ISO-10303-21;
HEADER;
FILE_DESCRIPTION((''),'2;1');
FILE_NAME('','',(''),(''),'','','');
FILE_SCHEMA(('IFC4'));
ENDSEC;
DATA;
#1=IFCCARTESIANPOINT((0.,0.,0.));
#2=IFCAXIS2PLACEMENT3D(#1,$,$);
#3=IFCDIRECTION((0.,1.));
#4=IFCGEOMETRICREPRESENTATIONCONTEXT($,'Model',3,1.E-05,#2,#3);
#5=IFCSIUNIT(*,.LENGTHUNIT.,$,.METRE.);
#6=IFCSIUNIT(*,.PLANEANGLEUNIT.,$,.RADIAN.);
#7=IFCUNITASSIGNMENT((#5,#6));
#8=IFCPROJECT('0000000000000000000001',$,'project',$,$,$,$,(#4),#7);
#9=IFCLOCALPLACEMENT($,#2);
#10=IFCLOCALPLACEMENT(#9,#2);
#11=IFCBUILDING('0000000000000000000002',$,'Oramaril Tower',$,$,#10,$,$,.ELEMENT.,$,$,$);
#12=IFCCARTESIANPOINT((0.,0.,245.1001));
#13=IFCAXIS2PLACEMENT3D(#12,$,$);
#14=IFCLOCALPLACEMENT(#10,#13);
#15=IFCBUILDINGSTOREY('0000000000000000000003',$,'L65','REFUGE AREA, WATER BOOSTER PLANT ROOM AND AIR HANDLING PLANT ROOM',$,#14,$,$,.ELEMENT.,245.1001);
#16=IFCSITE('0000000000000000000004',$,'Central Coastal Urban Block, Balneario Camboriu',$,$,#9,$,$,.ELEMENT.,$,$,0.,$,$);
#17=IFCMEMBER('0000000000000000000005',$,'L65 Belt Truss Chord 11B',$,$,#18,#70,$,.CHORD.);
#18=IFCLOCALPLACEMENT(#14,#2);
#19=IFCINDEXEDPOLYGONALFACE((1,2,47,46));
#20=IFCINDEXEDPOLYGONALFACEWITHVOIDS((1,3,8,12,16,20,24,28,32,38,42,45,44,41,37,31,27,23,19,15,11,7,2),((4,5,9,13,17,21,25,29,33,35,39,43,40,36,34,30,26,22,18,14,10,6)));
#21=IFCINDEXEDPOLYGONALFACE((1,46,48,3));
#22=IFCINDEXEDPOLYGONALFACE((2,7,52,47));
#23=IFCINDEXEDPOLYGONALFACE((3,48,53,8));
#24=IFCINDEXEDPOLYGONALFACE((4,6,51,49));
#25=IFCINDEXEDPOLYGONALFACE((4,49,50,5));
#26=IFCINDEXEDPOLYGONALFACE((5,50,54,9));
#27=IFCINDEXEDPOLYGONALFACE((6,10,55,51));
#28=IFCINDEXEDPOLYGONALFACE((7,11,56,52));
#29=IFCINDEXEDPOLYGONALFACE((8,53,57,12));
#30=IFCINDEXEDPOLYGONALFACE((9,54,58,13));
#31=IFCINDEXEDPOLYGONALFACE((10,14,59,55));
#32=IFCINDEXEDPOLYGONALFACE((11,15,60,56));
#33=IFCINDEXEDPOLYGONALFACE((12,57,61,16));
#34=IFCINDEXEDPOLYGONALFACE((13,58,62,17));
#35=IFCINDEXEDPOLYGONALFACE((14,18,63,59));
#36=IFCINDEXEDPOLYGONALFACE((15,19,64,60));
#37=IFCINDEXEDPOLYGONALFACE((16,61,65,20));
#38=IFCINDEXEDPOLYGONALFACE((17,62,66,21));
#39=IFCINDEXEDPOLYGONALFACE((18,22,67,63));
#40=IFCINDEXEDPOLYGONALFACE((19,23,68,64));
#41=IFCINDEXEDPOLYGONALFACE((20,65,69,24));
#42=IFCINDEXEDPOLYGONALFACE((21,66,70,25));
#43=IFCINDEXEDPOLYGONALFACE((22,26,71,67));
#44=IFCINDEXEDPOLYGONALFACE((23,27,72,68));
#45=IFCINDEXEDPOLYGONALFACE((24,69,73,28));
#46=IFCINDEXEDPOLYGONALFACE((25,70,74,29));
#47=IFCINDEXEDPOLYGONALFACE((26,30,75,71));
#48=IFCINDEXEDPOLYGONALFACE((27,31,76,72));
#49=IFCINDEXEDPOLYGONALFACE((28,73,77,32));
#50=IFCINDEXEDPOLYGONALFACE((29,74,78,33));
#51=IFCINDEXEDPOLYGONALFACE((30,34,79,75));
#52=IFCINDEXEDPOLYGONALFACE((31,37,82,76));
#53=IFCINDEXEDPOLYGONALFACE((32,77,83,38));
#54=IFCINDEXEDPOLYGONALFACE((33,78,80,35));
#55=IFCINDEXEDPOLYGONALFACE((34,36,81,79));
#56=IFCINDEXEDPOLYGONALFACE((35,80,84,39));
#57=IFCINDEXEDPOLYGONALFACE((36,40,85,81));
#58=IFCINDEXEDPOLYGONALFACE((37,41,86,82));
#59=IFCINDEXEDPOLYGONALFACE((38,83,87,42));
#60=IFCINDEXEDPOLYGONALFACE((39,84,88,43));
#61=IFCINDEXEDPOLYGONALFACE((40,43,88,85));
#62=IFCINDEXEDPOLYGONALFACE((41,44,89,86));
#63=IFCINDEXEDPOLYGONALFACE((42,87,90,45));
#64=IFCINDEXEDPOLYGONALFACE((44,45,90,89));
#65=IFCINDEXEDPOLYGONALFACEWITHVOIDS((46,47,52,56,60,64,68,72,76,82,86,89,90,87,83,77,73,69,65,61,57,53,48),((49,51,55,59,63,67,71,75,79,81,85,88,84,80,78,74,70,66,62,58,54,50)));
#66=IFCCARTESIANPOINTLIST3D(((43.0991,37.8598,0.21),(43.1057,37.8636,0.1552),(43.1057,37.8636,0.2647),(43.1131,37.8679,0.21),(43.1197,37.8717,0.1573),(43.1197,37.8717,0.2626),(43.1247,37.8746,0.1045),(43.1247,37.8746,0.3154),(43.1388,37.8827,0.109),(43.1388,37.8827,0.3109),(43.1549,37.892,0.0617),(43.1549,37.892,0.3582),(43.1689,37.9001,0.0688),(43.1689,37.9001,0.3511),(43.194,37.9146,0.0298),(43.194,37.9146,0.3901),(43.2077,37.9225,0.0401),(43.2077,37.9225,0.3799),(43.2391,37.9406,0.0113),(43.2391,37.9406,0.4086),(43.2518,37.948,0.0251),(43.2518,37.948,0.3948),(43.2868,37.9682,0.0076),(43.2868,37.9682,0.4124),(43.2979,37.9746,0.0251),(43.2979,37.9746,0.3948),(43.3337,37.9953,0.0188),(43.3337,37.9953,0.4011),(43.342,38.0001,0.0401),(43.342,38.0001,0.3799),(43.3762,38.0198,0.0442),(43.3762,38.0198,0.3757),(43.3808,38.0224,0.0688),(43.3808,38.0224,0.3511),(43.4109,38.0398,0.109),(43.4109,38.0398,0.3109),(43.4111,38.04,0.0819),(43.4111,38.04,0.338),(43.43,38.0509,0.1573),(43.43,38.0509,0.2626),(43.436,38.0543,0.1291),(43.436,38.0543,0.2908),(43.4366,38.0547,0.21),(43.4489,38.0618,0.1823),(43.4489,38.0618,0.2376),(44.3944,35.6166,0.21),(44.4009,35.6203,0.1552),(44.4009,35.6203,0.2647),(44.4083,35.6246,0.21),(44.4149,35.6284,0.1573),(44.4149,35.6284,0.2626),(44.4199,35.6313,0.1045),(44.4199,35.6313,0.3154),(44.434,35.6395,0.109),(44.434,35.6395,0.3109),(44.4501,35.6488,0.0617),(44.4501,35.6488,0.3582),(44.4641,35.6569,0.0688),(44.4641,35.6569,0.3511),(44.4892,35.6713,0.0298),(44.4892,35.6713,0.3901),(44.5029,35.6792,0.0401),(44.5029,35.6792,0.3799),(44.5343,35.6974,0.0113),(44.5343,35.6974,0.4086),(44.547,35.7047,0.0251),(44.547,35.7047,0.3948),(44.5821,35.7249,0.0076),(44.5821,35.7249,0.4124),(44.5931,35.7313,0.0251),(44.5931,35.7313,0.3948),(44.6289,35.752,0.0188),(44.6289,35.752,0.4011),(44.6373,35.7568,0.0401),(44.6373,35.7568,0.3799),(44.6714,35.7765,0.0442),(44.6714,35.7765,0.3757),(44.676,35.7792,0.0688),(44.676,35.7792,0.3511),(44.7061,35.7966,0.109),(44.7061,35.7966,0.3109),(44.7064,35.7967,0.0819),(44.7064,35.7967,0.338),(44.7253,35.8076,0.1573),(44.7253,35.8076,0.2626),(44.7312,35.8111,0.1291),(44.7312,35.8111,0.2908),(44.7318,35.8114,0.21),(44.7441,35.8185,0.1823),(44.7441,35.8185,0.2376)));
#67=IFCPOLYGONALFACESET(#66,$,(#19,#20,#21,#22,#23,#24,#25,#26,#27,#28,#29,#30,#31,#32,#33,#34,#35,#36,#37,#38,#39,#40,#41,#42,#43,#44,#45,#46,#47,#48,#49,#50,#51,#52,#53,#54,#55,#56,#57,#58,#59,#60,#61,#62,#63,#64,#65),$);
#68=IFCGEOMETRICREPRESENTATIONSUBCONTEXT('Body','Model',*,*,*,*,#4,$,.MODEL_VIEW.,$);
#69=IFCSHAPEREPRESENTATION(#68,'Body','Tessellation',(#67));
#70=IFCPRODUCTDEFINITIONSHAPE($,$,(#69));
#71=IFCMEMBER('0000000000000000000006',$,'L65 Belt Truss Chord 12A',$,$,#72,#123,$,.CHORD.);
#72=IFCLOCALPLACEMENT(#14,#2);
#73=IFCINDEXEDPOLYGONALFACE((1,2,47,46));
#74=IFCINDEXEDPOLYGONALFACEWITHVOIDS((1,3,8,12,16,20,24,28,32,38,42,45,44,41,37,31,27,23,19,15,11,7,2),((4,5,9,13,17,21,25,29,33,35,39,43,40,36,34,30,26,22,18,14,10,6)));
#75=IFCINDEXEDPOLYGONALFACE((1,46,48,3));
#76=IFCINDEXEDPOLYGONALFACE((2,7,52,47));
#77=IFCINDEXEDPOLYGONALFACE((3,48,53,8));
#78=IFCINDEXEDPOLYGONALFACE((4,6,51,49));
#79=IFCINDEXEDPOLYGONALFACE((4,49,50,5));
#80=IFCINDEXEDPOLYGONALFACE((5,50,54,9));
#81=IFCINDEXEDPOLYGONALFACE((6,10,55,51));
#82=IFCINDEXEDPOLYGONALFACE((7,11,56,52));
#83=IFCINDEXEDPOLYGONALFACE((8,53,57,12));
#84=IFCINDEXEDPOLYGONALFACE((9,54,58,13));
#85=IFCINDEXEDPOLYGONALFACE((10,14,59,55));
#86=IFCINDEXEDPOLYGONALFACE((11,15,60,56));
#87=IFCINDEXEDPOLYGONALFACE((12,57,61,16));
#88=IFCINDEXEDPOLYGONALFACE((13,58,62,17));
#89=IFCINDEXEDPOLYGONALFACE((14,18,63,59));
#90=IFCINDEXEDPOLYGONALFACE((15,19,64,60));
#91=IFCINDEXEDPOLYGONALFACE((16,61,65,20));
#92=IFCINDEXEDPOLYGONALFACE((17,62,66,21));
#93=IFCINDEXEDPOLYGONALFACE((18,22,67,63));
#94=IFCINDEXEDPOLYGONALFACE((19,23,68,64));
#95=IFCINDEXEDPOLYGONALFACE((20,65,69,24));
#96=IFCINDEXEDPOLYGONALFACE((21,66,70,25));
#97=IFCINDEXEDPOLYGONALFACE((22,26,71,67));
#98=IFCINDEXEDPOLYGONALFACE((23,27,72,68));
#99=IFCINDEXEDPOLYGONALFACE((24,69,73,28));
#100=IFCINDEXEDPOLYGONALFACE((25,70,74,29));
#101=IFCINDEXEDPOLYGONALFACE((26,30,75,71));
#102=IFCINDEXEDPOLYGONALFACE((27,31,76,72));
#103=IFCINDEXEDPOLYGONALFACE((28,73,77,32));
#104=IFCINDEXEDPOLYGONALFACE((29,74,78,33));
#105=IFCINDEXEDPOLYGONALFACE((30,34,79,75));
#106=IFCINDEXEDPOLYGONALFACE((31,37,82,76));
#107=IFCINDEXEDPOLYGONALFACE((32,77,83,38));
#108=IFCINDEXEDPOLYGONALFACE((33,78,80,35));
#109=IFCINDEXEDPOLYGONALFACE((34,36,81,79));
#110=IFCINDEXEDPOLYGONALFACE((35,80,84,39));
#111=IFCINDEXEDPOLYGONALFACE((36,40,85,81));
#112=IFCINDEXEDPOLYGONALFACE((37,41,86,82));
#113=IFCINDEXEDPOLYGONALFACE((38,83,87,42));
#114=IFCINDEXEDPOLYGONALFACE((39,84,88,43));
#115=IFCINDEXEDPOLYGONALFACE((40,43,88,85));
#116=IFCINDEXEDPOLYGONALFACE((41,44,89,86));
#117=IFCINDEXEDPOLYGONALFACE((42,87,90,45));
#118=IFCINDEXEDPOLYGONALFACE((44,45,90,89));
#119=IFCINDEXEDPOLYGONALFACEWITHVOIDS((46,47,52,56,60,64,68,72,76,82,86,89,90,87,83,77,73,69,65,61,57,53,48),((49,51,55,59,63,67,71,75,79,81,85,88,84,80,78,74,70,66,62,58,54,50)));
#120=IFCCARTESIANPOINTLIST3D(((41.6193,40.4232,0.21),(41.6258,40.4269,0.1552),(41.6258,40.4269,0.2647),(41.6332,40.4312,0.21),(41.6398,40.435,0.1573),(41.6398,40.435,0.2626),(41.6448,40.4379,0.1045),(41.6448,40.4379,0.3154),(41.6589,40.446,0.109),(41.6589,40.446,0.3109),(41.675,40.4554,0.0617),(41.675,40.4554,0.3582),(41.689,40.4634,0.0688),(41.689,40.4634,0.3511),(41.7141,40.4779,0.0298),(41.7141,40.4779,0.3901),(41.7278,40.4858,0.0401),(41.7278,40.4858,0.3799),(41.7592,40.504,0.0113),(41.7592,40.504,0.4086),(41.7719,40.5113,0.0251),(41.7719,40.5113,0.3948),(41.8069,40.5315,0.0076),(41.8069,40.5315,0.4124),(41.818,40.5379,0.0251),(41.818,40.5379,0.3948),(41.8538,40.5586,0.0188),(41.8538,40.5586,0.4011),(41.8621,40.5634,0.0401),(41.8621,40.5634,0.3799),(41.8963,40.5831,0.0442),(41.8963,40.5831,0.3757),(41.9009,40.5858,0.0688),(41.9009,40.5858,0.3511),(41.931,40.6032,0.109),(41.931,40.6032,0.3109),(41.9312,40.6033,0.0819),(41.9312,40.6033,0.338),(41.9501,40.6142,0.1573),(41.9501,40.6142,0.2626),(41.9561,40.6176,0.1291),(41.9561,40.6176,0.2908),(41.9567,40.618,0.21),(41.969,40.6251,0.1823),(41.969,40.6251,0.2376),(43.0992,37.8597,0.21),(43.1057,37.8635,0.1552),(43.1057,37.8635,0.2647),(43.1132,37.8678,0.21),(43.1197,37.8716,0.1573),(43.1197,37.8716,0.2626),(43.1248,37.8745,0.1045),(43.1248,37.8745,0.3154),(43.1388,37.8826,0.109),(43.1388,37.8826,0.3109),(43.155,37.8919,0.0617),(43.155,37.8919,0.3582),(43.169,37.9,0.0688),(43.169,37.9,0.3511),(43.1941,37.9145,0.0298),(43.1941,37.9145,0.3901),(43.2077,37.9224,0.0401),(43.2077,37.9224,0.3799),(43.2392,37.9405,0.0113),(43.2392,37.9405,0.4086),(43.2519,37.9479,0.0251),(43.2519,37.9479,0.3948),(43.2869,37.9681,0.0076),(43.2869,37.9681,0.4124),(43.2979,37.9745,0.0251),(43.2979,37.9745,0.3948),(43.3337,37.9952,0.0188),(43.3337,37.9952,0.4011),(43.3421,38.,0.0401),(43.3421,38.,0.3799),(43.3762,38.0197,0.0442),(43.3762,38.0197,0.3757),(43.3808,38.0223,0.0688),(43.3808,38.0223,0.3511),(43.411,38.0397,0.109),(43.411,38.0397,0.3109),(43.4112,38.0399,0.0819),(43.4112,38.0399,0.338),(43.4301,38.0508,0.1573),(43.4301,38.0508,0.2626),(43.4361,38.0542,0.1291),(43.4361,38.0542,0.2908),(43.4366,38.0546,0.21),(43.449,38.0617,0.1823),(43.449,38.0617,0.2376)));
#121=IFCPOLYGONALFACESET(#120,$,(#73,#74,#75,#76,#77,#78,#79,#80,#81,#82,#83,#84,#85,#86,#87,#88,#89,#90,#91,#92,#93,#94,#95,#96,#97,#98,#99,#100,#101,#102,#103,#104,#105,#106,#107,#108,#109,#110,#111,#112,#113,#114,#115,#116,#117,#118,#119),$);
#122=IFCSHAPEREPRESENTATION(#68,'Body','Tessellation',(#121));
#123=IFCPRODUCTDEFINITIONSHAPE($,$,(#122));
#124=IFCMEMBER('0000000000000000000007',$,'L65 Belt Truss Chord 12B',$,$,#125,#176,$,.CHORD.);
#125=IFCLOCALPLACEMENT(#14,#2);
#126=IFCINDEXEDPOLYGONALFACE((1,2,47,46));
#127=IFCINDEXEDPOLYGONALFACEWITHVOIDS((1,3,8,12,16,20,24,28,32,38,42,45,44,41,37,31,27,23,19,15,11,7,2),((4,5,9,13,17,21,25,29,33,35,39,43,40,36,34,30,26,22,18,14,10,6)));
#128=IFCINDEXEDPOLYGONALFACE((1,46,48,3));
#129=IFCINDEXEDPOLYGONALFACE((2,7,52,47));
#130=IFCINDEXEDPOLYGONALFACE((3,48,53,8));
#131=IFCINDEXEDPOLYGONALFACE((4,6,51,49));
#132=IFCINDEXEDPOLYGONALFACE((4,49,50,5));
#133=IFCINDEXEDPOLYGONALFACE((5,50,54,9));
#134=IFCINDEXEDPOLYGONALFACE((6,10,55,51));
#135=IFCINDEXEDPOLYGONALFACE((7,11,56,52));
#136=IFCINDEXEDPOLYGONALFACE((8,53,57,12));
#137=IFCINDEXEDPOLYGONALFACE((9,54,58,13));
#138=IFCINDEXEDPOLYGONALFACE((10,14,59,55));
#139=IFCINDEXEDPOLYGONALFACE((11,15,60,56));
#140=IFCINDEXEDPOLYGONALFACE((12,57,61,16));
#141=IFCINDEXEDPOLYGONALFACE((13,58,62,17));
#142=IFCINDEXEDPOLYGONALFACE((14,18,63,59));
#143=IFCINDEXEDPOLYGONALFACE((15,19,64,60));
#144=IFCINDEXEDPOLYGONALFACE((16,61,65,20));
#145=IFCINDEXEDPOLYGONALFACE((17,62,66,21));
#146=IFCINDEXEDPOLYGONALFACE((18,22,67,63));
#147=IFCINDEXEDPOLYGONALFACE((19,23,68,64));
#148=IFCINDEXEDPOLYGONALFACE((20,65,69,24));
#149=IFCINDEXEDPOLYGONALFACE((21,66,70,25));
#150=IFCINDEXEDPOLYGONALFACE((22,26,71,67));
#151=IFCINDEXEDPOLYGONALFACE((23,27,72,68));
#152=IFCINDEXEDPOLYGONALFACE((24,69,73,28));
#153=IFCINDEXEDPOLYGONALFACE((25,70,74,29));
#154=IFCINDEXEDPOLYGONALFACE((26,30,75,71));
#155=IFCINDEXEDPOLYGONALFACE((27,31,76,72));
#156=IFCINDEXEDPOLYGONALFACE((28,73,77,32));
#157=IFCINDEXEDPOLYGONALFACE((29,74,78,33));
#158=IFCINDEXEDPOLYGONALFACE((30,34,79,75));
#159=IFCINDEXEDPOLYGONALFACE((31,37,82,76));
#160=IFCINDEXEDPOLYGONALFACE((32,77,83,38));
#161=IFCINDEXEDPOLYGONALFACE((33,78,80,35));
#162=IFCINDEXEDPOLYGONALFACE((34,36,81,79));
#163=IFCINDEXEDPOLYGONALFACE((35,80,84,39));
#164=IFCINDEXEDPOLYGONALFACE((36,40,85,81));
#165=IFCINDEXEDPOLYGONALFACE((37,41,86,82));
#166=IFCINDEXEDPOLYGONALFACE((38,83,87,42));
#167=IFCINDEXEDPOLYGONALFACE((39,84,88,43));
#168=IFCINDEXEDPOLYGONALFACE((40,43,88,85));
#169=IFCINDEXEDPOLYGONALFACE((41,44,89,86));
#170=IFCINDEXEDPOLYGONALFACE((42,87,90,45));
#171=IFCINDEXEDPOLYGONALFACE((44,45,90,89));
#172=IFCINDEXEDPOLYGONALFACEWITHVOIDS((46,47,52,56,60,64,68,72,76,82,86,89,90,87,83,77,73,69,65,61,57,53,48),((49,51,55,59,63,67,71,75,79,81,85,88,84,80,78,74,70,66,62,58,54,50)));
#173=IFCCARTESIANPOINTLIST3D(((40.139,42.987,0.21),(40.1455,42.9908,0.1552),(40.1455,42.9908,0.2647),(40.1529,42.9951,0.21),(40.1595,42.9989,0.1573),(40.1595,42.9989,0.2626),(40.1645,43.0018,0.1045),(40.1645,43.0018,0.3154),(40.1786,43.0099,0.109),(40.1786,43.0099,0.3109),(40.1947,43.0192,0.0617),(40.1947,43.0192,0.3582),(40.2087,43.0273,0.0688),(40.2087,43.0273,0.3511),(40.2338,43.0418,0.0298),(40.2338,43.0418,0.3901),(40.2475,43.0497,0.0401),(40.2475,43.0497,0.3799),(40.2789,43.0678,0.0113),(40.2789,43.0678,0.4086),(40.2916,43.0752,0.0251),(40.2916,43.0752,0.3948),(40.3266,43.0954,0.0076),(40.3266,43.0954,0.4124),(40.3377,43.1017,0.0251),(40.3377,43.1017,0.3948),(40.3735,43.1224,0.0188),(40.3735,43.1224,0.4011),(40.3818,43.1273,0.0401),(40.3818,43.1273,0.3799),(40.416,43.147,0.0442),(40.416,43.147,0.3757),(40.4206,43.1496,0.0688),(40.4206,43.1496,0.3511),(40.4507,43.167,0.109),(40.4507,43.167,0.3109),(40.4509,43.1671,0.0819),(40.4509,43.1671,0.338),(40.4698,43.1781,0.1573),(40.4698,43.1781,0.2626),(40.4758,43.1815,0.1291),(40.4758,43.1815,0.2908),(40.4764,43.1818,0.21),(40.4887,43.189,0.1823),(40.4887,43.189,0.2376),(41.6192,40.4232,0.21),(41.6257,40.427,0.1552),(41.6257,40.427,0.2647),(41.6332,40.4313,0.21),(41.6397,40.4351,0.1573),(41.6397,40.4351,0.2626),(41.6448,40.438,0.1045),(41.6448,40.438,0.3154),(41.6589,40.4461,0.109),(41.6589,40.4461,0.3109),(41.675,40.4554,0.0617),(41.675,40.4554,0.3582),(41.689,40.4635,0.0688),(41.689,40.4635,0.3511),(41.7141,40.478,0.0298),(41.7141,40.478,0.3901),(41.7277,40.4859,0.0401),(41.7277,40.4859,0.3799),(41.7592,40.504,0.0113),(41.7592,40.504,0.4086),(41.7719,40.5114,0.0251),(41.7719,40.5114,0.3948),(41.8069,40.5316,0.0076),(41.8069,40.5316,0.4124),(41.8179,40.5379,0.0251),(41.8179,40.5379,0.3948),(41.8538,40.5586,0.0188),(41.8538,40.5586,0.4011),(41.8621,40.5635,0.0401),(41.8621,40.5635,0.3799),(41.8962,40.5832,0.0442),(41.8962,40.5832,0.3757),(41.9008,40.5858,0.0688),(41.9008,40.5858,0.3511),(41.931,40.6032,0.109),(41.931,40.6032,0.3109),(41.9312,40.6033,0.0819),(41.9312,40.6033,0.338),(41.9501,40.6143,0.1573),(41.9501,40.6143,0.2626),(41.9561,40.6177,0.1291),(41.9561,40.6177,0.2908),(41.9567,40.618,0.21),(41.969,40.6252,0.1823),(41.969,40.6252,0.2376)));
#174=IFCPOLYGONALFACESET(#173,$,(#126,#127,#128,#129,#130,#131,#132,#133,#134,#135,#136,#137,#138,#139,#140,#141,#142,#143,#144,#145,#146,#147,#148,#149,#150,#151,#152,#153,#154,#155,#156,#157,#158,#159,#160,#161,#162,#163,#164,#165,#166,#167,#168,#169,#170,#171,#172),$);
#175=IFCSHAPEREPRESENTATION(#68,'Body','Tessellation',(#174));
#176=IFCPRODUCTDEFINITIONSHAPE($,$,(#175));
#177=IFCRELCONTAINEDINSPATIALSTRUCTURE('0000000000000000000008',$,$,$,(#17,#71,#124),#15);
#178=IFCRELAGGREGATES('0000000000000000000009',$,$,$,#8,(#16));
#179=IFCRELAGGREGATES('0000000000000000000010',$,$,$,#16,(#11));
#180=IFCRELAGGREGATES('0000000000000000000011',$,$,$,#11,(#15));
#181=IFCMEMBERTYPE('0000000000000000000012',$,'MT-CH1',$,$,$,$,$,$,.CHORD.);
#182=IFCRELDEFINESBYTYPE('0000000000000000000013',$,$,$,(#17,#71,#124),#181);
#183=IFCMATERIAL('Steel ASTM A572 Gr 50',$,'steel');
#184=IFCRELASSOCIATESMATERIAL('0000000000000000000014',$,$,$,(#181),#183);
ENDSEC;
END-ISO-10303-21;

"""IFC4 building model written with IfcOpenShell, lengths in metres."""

from ifc_helpers import new_model, si_unit, direction, frame, origin, origin_2d, place, context, subcontext, project, spatial, hollow_circle, extrude, material, material_profile, profile_set, type_object, element, save


model = new_model("IFC4")

# Units and contexts
model_context = context("Model", 3, precision=1e-05, world=origin(), true_north=direction((0.0, 1.0)))
body_context = subcontext(model_context, "Body", "Model", "MODEL_VIEW")
ifc_project = project(units=[si_unit("LENGTHUNIT", "METRE"), si_unit("PLANEANGLEUNIT", "RADIAN")], contexts=[model_context])

# Site, building, storey
site_placement = place(None, origin())
site = spatial("IfcSite", under=ifc_project, at=site_placement, Name="Central Coastal Urban Block, Balneario Camboriu", CompositionType="ELEMENT", RefElevation=0.0)
building_placement = place(site_placement, origin())
building = spatial("IfcBuilding", under=site, at=building_placement, Name="Oramaril Tower", CompositionType="ELEMENT")
storey_placement = place(building_placement, frame((0.0, 0.0, 245.1001)))
storey = spatial("IfcBuildingStorey", under=building, at=storey_placement, Name="L65", Description="REFUGE AREA, WATER BOOSTER PLANT ROOM AND AIR HANDLING PLANT ROOM", CompositionType="ELEMENT", Elevation=245.1001)

# Members
ifc_material_1 = material(Name="Steel ASTM A572 Gr 50", Category="steel")
ifc_material_profile_1 = material_profile(ifc_material_1, hollow_circle(Radius=0.2029, WallThickness=0.0161, at=origin_2d()), Name="CHS406X16")
ifc_profile_set_1 = profile_set([ifc_material_profile_1], Name="Steel ASTM A572 Gr 50")
member_type_1 = type_object("IfcMemberType", Name="MT-CH1", PredefinedType="CHORD", material=ifc_profile_set_1)
member_1_placement = place(storey_placement, frame((44.5701, 35.718, 0.21), z_axis=(-0.500022, 0.866013, 0.0), x_axis=(-0.866013, -0.500022, 0.0)))
element("IfcMember", 1, at=member_1_placement, inside=storey, type_object=member_type_1, Name="L65 Belt Truss Chord 11B", PredefinedType="CHORD", context=body_context, shape_type="SweptSolid", body=[
    extrude(hollow_circle(Radius=0.2029, WallThickness=0.0161, at=origin_2d()), origin(), (0.0, 0.0, 1.0), 2.5903),
])
member_2_placement = place(storey_placement, frame((43.2749, 37.9612, 0.21), z_axis=(-0.499989, 0.866032, 0.0), x_axis=(-0.866032, -0.499989, 0.0)))
element("IfcMember", 2, at=member_2_placement, inside=storey, type_object=member_type_1, Name="L65 Belt Truss Chord 12A", PredefinedType="CHORD", context=body_context, shape_type="SweptSolid", body=[
    extrude(hollow_circle(Radius=0.2029, WallThickness=0.0161, at=origin_2d()), origin(), (0.0, 0.0, 1.0), 2.96),
])
member_3_placement = place(storey_placement, frame((41.7949, 40.5247, 0.21), z_axis=(-0.500015, 0.866017, 0.0), x_axis=(-0.866017, -0.500015, 0.0)))
element("IfcMember", 3, at=member_3_placement, inside=storey, type_object=member_type_1, Name="L65 Belt Truss Chord 12B", PredefinedType="CHORD", context=body_context, shape_type="SweptSolid", body=[
    extrude(hollow_circle(Radius=0.2029, WallThickness=0.0161, at=origin_2d()), origin(), (0.0, 0.0, 1.0), 2.9604),
])

save(model, "model.ifc")
